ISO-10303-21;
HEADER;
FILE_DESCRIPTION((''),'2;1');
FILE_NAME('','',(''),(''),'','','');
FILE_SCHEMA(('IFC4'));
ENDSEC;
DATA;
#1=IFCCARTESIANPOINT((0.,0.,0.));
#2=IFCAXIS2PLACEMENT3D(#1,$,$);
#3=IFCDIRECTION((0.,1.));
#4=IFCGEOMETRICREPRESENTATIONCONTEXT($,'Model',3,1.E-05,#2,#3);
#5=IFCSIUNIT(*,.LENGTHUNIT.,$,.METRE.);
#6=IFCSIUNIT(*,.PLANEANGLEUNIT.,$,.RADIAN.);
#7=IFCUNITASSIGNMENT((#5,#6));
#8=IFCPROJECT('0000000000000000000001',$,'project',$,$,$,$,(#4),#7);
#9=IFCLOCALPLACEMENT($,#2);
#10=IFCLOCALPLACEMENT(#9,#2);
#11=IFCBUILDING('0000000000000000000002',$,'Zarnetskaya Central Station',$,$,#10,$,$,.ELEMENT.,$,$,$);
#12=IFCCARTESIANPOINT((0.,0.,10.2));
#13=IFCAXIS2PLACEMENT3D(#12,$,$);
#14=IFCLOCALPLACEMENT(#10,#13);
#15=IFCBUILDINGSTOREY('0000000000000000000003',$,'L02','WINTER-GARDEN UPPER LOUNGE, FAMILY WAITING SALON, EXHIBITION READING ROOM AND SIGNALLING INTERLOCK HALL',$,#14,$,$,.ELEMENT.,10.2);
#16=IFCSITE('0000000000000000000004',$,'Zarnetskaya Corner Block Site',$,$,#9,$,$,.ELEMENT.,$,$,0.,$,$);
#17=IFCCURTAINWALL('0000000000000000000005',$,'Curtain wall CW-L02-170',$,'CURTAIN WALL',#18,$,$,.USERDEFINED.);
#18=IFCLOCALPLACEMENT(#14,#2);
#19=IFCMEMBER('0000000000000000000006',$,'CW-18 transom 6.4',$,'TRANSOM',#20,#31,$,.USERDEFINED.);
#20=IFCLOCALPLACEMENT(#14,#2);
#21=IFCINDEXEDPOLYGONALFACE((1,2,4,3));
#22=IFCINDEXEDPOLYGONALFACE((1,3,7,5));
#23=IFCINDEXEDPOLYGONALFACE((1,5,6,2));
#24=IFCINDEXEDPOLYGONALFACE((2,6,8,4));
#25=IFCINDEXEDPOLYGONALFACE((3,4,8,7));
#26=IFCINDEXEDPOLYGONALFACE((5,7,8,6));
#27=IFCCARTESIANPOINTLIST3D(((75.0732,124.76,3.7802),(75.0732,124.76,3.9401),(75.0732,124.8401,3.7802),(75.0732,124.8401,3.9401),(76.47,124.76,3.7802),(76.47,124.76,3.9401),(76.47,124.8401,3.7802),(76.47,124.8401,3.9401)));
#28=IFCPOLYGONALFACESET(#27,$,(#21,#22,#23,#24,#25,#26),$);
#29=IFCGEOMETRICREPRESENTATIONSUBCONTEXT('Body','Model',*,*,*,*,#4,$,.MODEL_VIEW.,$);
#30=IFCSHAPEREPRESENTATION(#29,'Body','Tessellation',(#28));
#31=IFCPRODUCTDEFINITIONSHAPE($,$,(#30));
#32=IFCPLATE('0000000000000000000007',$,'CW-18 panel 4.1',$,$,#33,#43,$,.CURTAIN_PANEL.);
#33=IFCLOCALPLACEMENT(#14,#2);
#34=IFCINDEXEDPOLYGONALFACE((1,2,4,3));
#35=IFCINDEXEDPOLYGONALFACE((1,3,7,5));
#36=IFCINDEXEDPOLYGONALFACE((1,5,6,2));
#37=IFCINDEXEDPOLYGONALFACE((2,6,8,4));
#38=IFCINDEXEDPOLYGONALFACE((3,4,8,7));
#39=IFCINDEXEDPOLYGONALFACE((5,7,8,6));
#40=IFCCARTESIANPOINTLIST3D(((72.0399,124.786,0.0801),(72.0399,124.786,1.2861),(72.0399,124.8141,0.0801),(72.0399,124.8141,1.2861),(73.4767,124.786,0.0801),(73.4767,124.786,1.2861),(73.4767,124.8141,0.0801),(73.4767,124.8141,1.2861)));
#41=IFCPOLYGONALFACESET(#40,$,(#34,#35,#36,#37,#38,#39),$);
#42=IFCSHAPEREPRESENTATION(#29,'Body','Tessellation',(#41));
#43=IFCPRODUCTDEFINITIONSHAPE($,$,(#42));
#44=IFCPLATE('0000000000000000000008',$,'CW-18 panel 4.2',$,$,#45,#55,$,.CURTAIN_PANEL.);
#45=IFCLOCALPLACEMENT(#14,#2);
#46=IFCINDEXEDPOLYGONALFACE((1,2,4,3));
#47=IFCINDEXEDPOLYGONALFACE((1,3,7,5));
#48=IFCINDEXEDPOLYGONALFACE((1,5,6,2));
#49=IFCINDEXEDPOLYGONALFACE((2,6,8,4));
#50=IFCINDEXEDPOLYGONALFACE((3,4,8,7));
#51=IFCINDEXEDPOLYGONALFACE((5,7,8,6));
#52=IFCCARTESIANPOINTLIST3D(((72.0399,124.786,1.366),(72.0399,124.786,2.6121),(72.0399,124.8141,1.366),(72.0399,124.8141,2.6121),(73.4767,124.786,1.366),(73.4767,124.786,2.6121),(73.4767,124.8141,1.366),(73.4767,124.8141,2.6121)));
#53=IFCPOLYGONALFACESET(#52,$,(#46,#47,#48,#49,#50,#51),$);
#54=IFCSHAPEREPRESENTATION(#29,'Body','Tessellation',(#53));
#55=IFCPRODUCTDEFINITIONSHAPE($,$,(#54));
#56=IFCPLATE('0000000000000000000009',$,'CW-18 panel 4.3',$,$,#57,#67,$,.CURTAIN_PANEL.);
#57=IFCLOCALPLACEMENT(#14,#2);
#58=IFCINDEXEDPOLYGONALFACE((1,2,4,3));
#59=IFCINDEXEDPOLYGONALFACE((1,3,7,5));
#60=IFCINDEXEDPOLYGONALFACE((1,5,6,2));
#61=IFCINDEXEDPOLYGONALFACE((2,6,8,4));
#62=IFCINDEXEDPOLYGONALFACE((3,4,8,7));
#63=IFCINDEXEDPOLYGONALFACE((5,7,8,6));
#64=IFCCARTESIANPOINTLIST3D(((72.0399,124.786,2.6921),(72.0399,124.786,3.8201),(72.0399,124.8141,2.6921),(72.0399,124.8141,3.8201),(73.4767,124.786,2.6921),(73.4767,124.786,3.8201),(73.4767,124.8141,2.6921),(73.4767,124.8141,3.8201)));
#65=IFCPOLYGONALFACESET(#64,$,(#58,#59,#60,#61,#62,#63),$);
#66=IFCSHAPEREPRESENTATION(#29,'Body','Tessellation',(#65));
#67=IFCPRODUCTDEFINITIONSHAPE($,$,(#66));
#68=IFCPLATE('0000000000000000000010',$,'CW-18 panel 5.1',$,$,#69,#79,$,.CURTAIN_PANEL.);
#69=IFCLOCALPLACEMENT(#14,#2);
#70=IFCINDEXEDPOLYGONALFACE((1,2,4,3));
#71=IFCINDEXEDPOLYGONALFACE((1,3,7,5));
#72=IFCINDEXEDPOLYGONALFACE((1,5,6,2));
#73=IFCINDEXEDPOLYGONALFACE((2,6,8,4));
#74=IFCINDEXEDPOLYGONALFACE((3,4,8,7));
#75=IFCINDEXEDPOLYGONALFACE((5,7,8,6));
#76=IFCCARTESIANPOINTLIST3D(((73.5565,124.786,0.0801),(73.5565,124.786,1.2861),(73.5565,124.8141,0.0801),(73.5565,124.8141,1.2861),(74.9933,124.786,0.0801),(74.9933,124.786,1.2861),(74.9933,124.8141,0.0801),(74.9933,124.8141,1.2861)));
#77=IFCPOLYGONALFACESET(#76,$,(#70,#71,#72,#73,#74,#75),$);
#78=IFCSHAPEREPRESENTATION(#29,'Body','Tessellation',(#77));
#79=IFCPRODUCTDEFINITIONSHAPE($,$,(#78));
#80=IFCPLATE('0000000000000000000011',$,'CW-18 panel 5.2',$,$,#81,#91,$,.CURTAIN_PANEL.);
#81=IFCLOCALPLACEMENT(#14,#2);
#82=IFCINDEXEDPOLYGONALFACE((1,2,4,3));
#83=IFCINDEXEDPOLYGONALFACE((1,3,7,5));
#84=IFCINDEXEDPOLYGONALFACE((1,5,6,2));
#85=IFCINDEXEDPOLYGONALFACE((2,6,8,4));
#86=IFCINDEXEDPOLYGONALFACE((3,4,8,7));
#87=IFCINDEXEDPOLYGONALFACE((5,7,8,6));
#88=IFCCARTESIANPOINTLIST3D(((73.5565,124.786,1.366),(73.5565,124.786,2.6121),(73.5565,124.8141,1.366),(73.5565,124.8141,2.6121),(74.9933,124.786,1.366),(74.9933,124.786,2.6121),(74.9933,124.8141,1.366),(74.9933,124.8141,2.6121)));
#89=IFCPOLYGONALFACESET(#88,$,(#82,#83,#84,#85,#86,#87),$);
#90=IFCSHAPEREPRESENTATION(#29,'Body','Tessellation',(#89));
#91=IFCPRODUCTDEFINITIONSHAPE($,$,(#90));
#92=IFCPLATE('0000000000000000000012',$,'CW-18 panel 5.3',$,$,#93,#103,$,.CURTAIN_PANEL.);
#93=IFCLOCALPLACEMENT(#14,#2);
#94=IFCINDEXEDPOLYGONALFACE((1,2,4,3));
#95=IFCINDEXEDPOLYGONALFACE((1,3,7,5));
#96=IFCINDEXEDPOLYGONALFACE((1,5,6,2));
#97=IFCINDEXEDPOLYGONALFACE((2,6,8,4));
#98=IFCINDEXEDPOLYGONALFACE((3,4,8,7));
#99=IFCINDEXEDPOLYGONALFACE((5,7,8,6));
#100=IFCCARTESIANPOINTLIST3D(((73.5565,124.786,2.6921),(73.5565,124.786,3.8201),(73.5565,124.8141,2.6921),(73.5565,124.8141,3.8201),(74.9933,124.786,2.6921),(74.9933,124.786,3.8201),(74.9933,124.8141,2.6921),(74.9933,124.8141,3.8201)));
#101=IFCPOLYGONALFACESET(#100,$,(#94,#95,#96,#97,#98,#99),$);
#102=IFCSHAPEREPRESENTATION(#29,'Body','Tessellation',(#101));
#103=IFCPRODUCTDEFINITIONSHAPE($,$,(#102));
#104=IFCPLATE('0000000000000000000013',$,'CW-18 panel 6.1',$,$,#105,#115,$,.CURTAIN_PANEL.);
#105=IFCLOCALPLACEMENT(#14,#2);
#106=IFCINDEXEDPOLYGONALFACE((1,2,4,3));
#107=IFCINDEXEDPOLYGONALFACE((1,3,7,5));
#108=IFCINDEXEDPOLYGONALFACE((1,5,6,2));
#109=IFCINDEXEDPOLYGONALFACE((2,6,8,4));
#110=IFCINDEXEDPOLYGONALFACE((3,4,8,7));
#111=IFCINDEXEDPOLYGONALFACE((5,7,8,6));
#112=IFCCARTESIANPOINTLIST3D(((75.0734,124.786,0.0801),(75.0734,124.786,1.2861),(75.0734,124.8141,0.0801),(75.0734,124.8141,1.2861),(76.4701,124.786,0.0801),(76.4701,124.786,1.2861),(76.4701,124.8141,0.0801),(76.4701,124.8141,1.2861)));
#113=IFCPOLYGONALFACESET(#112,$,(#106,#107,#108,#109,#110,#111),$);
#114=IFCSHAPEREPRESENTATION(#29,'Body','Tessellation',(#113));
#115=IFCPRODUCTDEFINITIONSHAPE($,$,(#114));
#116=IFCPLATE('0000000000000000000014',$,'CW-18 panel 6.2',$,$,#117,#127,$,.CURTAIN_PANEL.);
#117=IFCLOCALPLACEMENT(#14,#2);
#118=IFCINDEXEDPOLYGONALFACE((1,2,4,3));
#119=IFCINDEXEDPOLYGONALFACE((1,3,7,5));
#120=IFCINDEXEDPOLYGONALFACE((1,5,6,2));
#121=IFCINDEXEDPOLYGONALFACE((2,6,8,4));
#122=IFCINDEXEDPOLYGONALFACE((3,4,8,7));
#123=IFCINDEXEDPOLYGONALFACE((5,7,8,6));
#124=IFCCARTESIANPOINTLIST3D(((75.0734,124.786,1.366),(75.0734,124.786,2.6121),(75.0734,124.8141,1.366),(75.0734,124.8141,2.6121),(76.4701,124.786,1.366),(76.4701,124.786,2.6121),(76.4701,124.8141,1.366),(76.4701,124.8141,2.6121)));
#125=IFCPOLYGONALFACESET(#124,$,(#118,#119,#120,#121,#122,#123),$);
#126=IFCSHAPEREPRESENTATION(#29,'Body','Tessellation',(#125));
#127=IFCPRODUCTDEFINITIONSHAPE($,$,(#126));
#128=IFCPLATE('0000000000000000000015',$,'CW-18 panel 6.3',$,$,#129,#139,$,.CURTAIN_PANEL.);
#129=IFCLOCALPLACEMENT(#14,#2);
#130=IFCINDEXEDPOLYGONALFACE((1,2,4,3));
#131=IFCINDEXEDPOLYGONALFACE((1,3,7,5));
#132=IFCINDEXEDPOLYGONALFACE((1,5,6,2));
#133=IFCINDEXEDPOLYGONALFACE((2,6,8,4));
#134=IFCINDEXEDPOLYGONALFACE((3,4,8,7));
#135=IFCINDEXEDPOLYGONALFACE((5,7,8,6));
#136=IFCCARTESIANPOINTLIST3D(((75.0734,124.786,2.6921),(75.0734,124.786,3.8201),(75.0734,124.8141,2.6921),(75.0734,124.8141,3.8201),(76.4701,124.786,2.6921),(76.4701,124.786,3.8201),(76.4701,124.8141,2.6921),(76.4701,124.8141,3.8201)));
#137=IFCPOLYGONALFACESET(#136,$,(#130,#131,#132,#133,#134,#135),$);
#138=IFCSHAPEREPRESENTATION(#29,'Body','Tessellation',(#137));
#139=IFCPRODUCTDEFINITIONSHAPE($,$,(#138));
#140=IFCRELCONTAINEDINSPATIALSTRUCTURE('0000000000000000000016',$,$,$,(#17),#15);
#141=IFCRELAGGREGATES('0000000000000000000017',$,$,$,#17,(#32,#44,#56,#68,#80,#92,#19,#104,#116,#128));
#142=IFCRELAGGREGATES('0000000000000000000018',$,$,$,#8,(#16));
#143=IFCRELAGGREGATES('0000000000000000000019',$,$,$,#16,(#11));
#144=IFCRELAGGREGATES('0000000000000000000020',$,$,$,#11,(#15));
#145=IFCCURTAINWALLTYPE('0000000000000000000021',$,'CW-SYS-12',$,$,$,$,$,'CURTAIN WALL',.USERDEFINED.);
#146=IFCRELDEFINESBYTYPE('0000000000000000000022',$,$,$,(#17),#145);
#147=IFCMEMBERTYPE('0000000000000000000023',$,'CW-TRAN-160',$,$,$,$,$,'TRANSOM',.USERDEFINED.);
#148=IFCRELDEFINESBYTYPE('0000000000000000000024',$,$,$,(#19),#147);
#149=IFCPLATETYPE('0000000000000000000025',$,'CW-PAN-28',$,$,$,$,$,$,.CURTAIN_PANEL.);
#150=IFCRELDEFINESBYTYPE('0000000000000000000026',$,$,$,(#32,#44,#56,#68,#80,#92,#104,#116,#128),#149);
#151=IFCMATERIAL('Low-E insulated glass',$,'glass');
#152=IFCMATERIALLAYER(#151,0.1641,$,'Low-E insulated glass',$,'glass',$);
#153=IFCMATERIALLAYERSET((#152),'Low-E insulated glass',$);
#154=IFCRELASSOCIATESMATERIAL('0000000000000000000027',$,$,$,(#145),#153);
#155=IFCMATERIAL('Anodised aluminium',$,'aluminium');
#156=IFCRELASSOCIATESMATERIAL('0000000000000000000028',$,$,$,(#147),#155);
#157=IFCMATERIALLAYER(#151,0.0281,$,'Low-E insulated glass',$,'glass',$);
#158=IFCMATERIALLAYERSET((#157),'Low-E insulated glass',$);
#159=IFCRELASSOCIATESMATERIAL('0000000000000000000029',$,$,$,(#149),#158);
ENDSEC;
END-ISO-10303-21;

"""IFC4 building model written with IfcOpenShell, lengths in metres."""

from ifc_helpers import new_model, si_unit, direction, frame, origin, origin_2d, place, context, subcontext, project, spatial, rectangle, extrude, material, layer, layer_set, material_profile, profile_set, type_object, element, aggregate, save


model = new_model("IFC4")

# Units and contexts
model_context = context("Model", 3, precision=1e-05, world=origin(), true_north=direction((0.0, 1.0)))
body_context = subcontext(model_context, "Body", "Model", "MODEL_VIEW")
ifc_project = project(units=[si_unit("LENGTHUNIT", "METRE"), si_unit("PLANEANGLEUNIT", "RADIAN")], contexts=[model_context])

# Site, building, storey
site_placement = place(None, origin())
site = spatial("IfcSite", under=ifc_project, at=site_placement, Name="Zarnetskaya Corner Block Site", CompositionType="ELEMENT", RefElevation=0.0)
building_placement = place(site_placement, origin())
building = spatial("IfcBuilding", under=site, at=building_placement, Name="Zarnetskaya Central Station", CompositionType="ELEMENT")
storey_placement = place(building_placement, frame((0.0, 0.0, 10.2)))
storey = spatial("IfcBuildingStorey", under=building, at=storey_placement, Name="L02", Description="WINTER-GARDEN UPPER LOUNGE, FAMILY WAITING SALON, EXHIBITION READING ROOM AND SIGNALLING INTERLOCK HALL", CompositionType="ELEMENT", Elevation=10.2)

# Curtain wall, member, plates
ifc_material_1 = material(Name="Low-E insulated glass", Category="glass")
ifc_layer_1 = layer(ifc_material_1, 0.1641, Name="Low-E insulated glass", Category="glass")
ifc_layer_set_1 = layer_set([ifc_layer_1], Name="Low-E insulated glass")
curtain_wall_type = type_object("IfcCurtainWallType", Name="CW-SYS-12", ElementType="CURTAIN WALL", PredefinedType="USERDEFINED", material=ifc_layer_set_1)
curtain_wall_placement = place(storey_placement, origin())
curtain_wall = element("IfcCurtainWall", 1, at=curtain_wall_placement, inside=storey, type_object=curtain_wall_type, Name="Curtain wall CW-L02-170", ObjectType="CURTAIN WALL", PredefinedType="USERDEFINED")
ifc_material_2 = material(Name="Anodised aluminium", Category="aluminium")
ifc_material_profile_1 = material_profile(ifc_material_2, rectangle(XDim=0.0801, YDim=0.1599, at=origin_2d()), Name="ALU TRAN 80x160")
ifc_profile_set_1 = profile_set([ifc_material_profile_1], Name="Anodised aluminium")
member_type_1 = type_object("IfcMemberType", Name="CW-TRAN-160", ElementType="TRANSOM", PredefinedType="USERDEFINED", material=ifc_profile_set_1)
member_1_placement = place(storey_placement, frame((75.0732, 124.8, 3.8601), z_axis=(1.0, 0.0, 0.0), x_axis=(0.0, 1.0, 0.0)))
member_1 = element("IfcMember", 2, at=member_1_placement, type_object=member_type_1, Name="CW-18 transom 6.4", ObjectType="TRANSOM", PredefinedType="USERDEFINED", context=body_context, shape_type="SweptSolid", body=[
    extrude(rectangle(XDim=0.0801, YDim=0.1599, at=origin_2d()), origin(), (0.0, 0.0, 1.0), 1.3967),
])
ifc_layer_2 = layer(ifc_material_1, 0.0281, Name="Low-E insulated glass", Category="glass")
ifc_layer_set_2 = layer_set([ifc_layer_2], Name="Low-E insulated glass")
plate_type = type_object("IfcPlateType", Name="CW-PAN-28", PredefinedType="CURTAIN_PANEL", material=ifc_layer_set_2)
plate_1_placement = place(storey_placement, frame((72.7583, 124.8, 0.0801), z_axis=(0.0, 0.0, 1.0), x_axis=(1.0, 0.0, 0.0)))
plate_1 = element("IfcPlate", 3, at=plate_1_placement, type_object=plate_type, Name="CW-18 panel 4.1", PredefinedType="CURTAIN_PANEL", context=body_context, shape_type="SweptSolid", body=[
    extrude(rectangle(XDim=1.4368, YDim=0.0281, at=origin_2d()), origin(), (0.0, 0.0, 1.0), 1.2061),
])
plate_2_placement = place(storey_placement, frame((72.7583, 124.8, 1.366), z_axis=(0.0, 0.0, 1.0), x_axis=(1.0, 0.0, 0.0)))
plate_2 = element("IfcPlate", 4, at=plate_2_placement, type_object=plate_type, Name="CW-18 panel 4.2", PredefinedType="CURTAIN_PANEL", context=body_context, shape_type="SweptSolid", body=[
    extrude(rectangle(XDim=1.4368, YDim=0.0281, at=origin_2d()), origin(), (0.0, 0.0, 1.0), 1.2461),
])
plate_3_placement = place(storey_placement, frame((72.7583, 124.8, 2.6921), z_axis=(0.0, 0.0, 1.0), x_axis=(1.0, 0.0, 0.0)))
plate_3 = element("IfcPlate", 5, at=plate_3_placement, type_object=plate_type, Name="CW-18 panel 4.3", PredefinedType="CURTAIN_PANEL", context=body_context, shape_type="SweptSolid", body=[
    extrude(rectangle(XDim=1.4368, YDim=0.0281, at=origin_2d()), origin(), (0.0, 0.0, 1.0), 1.1279),
])
plate_4_placement = place(storey_placement, frame((74.2749, 124.8, 0.0801), z_axis=(0.0, 0.0, 1.0), x_axis=(1.0, 0.0, 0.0)))
plate_4 = element("IfcPlate", 6, at=plate_4_placement, type_object=plate_type, Name="CW-18 panel 5.1", PredefinedType="CURTAIN_PANEL", context=body_context, shape_type="SweptSolid", body=[
    extrude(rectangle(XDim=1.4368, YDim=0.0281, at=origin_2d()), origin(), (0.0, 0.0, 1.0), 1.2061),
])
plate_5_placement = place(storey_placement, frame((74.2749, 124.8, 1.366), z_axis=(0.0, 0.0, 1.0), x_axis=(1.0, 0.0, 0.0)))
plate_5 = element("IfcPlate", 7, at=plate_5_placement, type_object=plate_type, Name="CW-18 panel 5.2", PredefinedType="CURTAIN_PANEL", context=body_context, shape_type="SweptSolid", body=[
    extrude(rectangle(XDim=1.4368, YDim=0.0281, at=origin_2d()), origin(), (0.0, 0.0, 1.0), 1.2461),
])
plate_6_placement = place(storey_placement, frame((74.2749, 124.8, 2.6921), z_axis=(0.0, 0.0, 1.0), x_axis=(1.0, 0.0, 0.0)))
plate_6 = element("IfcPlate", 8, at=plate_6_placement, type_object=plate_type, Name="CW-18 panel 5.3", PredefinedType="CURTAIN_PANEL", context=body_context, shape_type="SweptSolid", body=[
    extrude(rectangle(XDim=1.4368, YDim=0.0281, at=origin_2d()), origin(), (0.0, 0.0, 1.0), 1.1279),
])
plate_7_placement = place(storey_placement, frame((75.7717, 124.8, 0.0801), z_axis=(0.0, 0.0, 1.0), x_axis=(1.0, 0.0, 0.0)))
plate_7 = element("IfcPlate", 9, at=plate_7_placement, type_object=plate_type, Name="CW-18 panel 6.1", PredefinedType="CURTAIN_PANEL", context=body_context, shape_type="SweptSolid", body=[
    extrude(rectangle(XDim=1.3967, YDim=0.0281, at=origin_2d()), origin(), (0.0, 0.0, 1.0), 1.2061),
])
plate_8_placement = place(storey_placement, frame((75.7717, 124.8, 1.366), z_axis=(0.0, 0.0, 1.0), x_axis=(1.0, 0.0, 0.0)))
plate_8 = element("IfcPlate", 10, at=plate_8_placement, type_object=plate_type, Name="CW-18 panel 6.2", PredefinedType="CURTAIN_PANEL", context=body_context, shape_type="SweptSolid", body=[
    extrude(rectangle(XDim=1.3967, YDim=0.0281, at=origin_2d()), origin(), (0.0, 0.0, 1.0), 1.2461),
])
plate_9_placement = place(storey_placement, frame((75.7717, 124.8, 2.6921), z_axis=(0.0, 0.0, 1.0), x_axis=(1.0, 0.0, 0.0)))
plate_9 = element("IfcPlate", 11, at=plate_9_placement, type_object=plate_type, Name="CW-18 panel 6.3", PredefinedType="CURTAIN_PANEL", context=body_context, shape_type="SweptSolid", body=[
    extrude(rectangle(XDim=1.3967, YDim=0.0281, at=origin_2d()), origin(), (0.0, 0.0, 1.0), 1.1279),
])
aggregate(curtain_wall, [plate_1, plate_2, plate_3, plate_4, plate_5, plate_6, member_1, plate_7, plate_8, plate_9])

save(model, "model.ifc")
